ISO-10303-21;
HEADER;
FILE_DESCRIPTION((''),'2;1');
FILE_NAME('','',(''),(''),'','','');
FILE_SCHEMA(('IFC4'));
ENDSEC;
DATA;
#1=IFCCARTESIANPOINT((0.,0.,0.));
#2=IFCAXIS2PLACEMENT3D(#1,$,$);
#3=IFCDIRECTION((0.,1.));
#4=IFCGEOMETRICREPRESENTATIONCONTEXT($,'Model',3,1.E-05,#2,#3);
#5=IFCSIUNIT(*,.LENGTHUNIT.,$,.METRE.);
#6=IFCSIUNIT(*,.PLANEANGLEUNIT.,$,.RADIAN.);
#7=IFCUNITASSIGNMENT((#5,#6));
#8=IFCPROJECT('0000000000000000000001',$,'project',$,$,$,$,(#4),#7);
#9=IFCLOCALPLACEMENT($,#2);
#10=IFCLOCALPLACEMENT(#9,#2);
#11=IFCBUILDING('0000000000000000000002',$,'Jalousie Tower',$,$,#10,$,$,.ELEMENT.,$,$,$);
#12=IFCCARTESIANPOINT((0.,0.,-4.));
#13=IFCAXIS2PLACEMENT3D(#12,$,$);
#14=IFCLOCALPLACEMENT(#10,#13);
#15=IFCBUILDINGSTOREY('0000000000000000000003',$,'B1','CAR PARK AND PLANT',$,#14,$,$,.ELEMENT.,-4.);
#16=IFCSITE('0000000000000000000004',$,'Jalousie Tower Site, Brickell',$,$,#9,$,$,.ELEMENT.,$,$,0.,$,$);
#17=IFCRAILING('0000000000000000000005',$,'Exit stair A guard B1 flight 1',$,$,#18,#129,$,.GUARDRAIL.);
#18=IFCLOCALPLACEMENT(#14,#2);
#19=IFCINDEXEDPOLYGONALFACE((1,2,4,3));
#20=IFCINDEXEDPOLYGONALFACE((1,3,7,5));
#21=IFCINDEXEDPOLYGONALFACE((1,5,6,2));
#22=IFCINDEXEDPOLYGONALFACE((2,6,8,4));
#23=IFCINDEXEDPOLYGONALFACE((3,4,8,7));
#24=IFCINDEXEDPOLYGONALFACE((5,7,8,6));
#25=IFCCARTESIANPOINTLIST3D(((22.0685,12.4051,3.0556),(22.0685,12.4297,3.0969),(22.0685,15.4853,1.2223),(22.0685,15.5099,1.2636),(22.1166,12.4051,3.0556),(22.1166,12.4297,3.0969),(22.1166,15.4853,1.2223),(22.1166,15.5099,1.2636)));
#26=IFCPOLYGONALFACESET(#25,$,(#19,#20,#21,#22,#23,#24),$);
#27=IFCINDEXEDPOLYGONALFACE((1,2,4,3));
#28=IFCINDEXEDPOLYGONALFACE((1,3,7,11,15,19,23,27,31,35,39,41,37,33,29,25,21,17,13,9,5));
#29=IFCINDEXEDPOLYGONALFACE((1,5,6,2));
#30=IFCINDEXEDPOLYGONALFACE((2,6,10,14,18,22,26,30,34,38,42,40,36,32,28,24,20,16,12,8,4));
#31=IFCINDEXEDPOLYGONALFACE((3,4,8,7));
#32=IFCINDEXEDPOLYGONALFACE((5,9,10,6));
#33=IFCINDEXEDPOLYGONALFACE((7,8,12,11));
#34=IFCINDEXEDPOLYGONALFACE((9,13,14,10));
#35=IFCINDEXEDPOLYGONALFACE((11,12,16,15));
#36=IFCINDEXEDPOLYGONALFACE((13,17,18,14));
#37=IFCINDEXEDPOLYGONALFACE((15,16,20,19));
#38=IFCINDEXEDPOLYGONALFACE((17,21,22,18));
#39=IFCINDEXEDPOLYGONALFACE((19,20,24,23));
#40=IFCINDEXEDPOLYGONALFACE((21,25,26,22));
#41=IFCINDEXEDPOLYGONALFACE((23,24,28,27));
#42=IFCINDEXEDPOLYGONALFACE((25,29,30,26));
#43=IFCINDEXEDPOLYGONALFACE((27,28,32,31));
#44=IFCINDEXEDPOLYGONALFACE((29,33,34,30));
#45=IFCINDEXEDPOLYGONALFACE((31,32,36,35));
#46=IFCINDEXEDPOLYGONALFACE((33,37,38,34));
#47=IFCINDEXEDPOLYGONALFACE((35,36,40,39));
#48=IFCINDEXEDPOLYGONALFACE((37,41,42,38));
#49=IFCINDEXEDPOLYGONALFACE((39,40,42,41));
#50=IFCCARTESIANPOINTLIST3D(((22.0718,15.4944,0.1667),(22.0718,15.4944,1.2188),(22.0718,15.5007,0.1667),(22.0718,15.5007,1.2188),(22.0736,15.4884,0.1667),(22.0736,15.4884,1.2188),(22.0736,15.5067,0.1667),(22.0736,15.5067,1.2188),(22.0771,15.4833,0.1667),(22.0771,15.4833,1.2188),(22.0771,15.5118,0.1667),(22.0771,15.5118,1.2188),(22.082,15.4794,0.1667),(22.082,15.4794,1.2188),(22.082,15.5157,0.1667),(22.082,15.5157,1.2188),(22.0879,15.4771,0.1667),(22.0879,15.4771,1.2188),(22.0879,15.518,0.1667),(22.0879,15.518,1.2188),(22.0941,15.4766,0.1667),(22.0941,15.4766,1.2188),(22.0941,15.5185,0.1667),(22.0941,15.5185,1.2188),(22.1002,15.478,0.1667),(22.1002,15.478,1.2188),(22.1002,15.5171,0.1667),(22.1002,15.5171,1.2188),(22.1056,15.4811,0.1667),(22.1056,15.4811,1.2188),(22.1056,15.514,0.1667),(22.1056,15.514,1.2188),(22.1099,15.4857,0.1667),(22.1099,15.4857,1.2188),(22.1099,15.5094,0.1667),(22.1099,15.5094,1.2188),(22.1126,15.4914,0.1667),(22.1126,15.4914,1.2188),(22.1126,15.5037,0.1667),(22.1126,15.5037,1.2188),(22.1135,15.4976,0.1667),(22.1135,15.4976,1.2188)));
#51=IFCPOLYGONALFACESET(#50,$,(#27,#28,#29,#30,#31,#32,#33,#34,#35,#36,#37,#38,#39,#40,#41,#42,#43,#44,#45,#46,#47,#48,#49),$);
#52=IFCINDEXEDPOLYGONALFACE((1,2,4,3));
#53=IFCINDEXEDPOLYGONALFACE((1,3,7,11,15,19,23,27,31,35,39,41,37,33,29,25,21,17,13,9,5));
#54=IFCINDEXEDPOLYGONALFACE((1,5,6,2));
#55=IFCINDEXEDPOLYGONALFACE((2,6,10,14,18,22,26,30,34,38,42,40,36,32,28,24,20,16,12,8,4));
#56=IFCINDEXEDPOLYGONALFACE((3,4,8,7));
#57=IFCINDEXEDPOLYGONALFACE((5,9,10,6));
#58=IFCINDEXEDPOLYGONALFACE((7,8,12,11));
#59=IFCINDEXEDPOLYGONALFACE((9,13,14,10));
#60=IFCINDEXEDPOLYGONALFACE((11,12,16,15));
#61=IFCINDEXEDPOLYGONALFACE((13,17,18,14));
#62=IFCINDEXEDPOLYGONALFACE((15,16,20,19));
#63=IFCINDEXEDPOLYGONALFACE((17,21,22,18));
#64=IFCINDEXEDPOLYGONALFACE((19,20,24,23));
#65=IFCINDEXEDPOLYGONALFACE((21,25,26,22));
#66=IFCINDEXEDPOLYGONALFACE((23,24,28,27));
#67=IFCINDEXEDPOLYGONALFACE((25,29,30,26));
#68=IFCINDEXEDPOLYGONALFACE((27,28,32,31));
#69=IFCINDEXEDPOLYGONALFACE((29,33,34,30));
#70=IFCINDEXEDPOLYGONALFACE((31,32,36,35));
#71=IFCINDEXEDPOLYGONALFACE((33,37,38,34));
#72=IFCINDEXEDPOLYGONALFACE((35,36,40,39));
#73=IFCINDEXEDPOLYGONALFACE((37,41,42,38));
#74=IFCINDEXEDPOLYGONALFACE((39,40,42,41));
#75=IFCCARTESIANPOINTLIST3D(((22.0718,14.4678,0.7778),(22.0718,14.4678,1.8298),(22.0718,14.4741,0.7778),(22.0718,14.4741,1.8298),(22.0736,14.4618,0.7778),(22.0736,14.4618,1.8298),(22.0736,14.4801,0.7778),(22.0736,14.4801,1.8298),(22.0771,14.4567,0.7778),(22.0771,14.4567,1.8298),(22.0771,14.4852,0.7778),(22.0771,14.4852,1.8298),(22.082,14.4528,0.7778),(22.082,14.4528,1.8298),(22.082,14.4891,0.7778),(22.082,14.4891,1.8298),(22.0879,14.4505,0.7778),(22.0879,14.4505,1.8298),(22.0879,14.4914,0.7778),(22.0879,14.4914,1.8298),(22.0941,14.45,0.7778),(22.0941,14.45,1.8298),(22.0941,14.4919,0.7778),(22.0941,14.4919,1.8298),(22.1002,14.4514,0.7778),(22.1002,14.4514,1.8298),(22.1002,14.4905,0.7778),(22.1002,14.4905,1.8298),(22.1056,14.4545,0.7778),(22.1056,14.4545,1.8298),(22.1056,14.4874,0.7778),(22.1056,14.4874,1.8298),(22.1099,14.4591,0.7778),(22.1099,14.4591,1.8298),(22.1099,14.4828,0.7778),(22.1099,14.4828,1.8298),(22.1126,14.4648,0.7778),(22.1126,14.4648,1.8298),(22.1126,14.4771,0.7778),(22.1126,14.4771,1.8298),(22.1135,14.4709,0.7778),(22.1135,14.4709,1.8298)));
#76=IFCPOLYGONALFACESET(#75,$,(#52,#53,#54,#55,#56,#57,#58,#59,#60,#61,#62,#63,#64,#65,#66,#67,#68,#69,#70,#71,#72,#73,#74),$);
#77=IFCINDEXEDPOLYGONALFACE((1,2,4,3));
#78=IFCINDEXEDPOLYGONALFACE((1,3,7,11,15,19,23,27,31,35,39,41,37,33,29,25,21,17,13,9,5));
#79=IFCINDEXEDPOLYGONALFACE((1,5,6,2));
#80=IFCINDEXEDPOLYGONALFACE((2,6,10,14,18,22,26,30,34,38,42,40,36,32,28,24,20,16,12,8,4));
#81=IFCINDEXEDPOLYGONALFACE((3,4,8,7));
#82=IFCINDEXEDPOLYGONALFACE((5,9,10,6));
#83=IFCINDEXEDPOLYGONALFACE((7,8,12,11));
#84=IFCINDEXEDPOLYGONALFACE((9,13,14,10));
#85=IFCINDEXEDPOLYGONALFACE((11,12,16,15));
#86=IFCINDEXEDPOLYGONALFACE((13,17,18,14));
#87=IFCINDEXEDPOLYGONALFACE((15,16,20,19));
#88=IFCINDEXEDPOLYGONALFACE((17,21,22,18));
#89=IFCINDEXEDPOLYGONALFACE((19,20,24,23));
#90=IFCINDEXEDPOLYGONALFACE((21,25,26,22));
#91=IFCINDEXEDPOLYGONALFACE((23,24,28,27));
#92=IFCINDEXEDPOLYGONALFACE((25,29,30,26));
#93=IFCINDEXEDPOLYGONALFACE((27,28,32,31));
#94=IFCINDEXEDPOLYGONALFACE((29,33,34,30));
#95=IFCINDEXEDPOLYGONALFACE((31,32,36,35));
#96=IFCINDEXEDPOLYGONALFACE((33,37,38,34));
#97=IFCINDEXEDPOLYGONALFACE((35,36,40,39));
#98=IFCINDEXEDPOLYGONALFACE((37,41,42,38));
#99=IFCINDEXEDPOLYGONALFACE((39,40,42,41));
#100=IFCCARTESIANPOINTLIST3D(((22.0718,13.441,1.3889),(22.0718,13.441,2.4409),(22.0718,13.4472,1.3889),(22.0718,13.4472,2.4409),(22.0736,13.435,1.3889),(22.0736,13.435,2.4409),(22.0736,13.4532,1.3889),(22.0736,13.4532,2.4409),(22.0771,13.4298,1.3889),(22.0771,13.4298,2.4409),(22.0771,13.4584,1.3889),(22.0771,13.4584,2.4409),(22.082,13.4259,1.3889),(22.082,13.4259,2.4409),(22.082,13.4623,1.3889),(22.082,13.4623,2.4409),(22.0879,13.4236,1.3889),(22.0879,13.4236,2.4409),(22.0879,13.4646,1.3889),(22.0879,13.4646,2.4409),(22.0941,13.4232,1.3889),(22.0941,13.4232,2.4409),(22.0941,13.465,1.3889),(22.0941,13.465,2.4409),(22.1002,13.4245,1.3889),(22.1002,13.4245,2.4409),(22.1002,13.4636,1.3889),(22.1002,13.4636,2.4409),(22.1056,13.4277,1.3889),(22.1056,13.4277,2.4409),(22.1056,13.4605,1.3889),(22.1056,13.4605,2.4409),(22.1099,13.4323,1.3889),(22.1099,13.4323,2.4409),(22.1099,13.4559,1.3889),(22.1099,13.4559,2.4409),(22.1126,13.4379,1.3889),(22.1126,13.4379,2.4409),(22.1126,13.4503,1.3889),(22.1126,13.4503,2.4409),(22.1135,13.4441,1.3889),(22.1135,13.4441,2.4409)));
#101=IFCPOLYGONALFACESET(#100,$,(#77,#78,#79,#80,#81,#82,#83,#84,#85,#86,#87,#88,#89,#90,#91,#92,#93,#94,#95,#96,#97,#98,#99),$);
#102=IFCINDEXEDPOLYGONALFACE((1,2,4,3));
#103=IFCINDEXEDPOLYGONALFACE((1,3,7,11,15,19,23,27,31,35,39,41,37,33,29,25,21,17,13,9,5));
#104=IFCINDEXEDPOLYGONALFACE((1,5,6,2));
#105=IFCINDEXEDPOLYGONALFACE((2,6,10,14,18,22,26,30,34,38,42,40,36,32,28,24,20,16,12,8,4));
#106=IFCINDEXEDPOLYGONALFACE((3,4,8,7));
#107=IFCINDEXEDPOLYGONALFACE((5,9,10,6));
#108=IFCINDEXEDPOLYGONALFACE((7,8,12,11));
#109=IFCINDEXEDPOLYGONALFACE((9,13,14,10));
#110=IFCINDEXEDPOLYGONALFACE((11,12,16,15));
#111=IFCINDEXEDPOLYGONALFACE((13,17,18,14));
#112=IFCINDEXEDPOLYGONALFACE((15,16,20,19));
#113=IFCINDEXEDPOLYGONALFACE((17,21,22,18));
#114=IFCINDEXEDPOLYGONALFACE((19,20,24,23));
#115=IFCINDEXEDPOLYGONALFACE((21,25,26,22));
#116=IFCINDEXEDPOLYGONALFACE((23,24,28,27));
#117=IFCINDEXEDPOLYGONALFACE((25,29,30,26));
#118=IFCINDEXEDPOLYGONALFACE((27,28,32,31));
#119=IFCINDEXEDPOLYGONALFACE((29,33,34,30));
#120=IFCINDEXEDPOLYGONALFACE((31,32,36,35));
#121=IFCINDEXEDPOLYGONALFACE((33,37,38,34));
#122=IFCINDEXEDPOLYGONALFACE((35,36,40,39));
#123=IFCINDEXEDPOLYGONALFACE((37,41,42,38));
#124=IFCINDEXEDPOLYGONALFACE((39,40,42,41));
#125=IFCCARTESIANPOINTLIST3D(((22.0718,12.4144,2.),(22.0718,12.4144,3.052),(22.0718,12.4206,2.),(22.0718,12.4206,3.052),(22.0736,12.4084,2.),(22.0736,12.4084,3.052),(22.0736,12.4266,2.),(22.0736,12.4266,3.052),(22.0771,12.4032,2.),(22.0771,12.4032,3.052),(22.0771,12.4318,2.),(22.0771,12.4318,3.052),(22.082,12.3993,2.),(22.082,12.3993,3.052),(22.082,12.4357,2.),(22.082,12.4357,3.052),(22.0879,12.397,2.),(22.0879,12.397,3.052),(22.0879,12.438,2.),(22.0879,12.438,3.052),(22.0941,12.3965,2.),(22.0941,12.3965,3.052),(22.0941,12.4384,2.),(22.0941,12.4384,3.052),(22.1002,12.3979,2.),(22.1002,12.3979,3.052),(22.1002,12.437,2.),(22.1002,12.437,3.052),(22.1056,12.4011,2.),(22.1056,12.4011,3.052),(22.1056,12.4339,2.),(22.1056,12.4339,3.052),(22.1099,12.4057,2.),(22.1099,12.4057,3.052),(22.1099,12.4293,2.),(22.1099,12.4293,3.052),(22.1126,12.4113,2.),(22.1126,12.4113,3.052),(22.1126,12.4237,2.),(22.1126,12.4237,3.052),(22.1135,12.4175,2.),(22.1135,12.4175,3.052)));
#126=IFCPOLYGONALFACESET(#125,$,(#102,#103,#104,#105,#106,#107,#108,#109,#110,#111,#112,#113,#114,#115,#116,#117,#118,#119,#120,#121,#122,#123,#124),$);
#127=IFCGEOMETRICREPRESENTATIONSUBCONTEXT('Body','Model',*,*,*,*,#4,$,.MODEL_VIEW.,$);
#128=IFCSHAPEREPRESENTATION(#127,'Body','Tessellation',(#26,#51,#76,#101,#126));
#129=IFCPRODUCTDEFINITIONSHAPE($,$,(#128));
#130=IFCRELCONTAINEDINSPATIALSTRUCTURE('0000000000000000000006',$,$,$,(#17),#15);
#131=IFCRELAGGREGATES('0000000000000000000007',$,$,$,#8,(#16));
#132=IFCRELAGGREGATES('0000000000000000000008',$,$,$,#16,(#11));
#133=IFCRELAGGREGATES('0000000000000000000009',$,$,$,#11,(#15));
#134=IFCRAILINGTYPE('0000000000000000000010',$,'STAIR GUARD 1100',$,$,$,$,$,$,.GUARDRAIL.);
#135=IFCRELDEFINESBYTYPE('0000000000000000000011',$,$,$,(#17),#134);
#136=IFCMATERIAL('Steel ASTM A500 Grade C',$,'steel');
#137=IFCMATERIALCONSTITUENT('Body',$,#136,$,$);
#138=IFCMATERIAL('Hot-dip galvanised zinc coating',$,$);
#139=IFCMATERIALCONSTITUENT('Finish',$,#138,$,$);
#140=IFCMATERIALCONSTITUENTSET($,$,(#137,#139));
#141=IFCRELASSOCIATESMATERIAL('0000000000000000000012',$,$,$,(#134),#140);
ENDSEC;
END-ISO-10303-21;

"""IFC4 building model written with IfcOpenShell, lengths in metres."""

from ifc_helpers import new_model, si_unit, direction, frame, origin, origin_2d, place, context, subcontext, project, spatial, rectangle, circle, extrude, material, constituent, constituent_set, type_object, element, save


model = new_model("IFC4")

# Units and contexts
model_context = context("Model", 3, precision=1e-05, world=origin(), true_north=direction((0.0, 1.0)))
body_context = subcontext(model_context, "Body", "Model", "MODEL_VIEW")
ifc_project = project(units=[si_unit("LENGTHUNIT", "METRE"), si_unit("PLANEANGLEUNIT", "RADIAN")], contexts=[model_context])

# Site, building, storey
site_placement = place(None, origin())
site = spatial("IfcSite", under=ifc_project, at=site_placement, Name="Jalousie Tower Site, Brickell", CompositionType="ELEMENT", RefElevation=0.0)
building_placement = place(site_placement, origin())
building = spatial("IfcBuilding", under=site, at=building_placement, Name="Jalousie Tower", CompositionType="ELEMENT")
storey_placement = place(building_placement, frame((0.0, 0.0, -4.0)))
storey = spatial("IfcBuildingStorey", under=building, at=storey_placement, Name="B1", Description="CAR PARK AND PLANT", CompositionType="ELEMENT", Elevation=-4.0)

# Railing
ifc_material_1 = material(Name="Steel ASTM A500 Grade C", Category="steel")
ifc_constituent_1 = constituent(ifc_material_1, Name="Body")
ifc_material_2 = material(Name="Hot-dip galvanised zinc coating")
ifc_constituent_2 = constituent(ifc_material_2, Name="Finish")
ifc_constituent_set_1 = constituent_set(constituents=[ifc_constituent_1, ifc_constituent_2])
railing_type_1 = type_object("IfcRailingType", Name="STAIR GUARD 1100", PredefinedType="GUARDRAIL", material=ifc_constituent_set_1)
railing_1_placement = place(storey_placement, frame((22.0925, 15.4976, 0.1667)))
element("IfcRailing", 1, at=railing_1_placement, inside=storey, type_object=railing_type_1, Name="Exit stair A guard B1 flight 1", PredefinedType="GUARDRAIL", context=body_context, shape_type="SweptSolid", body=[
    extrude(rectangle(XDim=0.0481, YDim=0.0481, at=origin_2d()), frame((0.0, 0.0, 1.0762), z_axis=(0.0, -0.859309, 0.511458), x_axis=(1.0, 0.0, 0.0)), (0.0, 0.0, 1.0), 3.5845),
    extrude(circle(Radius=0.021, at=origin_2d()), origin(), (0.0, 0.0, 1.0), 1.052),
    extrude(circle(Radius=0.021, at=origin_2d()), frame((0.0, -1.0266, 0.6111)), (0.0, 0.0, 1.0), 1.052),
    extrude(circle(Radius=0.021, at=origin_2d()), frame((0.0, -2.0535, 1.2222)), (0.0, 0.0, 1.0), 1.052),
    extrude(circle(Radius=0.021, at=origin_2d()), frame((0.0, -3.0801, 1.8333)), (0.0, 0.0, 1.0), 1.052),
])

save(model, "model.ifc")
